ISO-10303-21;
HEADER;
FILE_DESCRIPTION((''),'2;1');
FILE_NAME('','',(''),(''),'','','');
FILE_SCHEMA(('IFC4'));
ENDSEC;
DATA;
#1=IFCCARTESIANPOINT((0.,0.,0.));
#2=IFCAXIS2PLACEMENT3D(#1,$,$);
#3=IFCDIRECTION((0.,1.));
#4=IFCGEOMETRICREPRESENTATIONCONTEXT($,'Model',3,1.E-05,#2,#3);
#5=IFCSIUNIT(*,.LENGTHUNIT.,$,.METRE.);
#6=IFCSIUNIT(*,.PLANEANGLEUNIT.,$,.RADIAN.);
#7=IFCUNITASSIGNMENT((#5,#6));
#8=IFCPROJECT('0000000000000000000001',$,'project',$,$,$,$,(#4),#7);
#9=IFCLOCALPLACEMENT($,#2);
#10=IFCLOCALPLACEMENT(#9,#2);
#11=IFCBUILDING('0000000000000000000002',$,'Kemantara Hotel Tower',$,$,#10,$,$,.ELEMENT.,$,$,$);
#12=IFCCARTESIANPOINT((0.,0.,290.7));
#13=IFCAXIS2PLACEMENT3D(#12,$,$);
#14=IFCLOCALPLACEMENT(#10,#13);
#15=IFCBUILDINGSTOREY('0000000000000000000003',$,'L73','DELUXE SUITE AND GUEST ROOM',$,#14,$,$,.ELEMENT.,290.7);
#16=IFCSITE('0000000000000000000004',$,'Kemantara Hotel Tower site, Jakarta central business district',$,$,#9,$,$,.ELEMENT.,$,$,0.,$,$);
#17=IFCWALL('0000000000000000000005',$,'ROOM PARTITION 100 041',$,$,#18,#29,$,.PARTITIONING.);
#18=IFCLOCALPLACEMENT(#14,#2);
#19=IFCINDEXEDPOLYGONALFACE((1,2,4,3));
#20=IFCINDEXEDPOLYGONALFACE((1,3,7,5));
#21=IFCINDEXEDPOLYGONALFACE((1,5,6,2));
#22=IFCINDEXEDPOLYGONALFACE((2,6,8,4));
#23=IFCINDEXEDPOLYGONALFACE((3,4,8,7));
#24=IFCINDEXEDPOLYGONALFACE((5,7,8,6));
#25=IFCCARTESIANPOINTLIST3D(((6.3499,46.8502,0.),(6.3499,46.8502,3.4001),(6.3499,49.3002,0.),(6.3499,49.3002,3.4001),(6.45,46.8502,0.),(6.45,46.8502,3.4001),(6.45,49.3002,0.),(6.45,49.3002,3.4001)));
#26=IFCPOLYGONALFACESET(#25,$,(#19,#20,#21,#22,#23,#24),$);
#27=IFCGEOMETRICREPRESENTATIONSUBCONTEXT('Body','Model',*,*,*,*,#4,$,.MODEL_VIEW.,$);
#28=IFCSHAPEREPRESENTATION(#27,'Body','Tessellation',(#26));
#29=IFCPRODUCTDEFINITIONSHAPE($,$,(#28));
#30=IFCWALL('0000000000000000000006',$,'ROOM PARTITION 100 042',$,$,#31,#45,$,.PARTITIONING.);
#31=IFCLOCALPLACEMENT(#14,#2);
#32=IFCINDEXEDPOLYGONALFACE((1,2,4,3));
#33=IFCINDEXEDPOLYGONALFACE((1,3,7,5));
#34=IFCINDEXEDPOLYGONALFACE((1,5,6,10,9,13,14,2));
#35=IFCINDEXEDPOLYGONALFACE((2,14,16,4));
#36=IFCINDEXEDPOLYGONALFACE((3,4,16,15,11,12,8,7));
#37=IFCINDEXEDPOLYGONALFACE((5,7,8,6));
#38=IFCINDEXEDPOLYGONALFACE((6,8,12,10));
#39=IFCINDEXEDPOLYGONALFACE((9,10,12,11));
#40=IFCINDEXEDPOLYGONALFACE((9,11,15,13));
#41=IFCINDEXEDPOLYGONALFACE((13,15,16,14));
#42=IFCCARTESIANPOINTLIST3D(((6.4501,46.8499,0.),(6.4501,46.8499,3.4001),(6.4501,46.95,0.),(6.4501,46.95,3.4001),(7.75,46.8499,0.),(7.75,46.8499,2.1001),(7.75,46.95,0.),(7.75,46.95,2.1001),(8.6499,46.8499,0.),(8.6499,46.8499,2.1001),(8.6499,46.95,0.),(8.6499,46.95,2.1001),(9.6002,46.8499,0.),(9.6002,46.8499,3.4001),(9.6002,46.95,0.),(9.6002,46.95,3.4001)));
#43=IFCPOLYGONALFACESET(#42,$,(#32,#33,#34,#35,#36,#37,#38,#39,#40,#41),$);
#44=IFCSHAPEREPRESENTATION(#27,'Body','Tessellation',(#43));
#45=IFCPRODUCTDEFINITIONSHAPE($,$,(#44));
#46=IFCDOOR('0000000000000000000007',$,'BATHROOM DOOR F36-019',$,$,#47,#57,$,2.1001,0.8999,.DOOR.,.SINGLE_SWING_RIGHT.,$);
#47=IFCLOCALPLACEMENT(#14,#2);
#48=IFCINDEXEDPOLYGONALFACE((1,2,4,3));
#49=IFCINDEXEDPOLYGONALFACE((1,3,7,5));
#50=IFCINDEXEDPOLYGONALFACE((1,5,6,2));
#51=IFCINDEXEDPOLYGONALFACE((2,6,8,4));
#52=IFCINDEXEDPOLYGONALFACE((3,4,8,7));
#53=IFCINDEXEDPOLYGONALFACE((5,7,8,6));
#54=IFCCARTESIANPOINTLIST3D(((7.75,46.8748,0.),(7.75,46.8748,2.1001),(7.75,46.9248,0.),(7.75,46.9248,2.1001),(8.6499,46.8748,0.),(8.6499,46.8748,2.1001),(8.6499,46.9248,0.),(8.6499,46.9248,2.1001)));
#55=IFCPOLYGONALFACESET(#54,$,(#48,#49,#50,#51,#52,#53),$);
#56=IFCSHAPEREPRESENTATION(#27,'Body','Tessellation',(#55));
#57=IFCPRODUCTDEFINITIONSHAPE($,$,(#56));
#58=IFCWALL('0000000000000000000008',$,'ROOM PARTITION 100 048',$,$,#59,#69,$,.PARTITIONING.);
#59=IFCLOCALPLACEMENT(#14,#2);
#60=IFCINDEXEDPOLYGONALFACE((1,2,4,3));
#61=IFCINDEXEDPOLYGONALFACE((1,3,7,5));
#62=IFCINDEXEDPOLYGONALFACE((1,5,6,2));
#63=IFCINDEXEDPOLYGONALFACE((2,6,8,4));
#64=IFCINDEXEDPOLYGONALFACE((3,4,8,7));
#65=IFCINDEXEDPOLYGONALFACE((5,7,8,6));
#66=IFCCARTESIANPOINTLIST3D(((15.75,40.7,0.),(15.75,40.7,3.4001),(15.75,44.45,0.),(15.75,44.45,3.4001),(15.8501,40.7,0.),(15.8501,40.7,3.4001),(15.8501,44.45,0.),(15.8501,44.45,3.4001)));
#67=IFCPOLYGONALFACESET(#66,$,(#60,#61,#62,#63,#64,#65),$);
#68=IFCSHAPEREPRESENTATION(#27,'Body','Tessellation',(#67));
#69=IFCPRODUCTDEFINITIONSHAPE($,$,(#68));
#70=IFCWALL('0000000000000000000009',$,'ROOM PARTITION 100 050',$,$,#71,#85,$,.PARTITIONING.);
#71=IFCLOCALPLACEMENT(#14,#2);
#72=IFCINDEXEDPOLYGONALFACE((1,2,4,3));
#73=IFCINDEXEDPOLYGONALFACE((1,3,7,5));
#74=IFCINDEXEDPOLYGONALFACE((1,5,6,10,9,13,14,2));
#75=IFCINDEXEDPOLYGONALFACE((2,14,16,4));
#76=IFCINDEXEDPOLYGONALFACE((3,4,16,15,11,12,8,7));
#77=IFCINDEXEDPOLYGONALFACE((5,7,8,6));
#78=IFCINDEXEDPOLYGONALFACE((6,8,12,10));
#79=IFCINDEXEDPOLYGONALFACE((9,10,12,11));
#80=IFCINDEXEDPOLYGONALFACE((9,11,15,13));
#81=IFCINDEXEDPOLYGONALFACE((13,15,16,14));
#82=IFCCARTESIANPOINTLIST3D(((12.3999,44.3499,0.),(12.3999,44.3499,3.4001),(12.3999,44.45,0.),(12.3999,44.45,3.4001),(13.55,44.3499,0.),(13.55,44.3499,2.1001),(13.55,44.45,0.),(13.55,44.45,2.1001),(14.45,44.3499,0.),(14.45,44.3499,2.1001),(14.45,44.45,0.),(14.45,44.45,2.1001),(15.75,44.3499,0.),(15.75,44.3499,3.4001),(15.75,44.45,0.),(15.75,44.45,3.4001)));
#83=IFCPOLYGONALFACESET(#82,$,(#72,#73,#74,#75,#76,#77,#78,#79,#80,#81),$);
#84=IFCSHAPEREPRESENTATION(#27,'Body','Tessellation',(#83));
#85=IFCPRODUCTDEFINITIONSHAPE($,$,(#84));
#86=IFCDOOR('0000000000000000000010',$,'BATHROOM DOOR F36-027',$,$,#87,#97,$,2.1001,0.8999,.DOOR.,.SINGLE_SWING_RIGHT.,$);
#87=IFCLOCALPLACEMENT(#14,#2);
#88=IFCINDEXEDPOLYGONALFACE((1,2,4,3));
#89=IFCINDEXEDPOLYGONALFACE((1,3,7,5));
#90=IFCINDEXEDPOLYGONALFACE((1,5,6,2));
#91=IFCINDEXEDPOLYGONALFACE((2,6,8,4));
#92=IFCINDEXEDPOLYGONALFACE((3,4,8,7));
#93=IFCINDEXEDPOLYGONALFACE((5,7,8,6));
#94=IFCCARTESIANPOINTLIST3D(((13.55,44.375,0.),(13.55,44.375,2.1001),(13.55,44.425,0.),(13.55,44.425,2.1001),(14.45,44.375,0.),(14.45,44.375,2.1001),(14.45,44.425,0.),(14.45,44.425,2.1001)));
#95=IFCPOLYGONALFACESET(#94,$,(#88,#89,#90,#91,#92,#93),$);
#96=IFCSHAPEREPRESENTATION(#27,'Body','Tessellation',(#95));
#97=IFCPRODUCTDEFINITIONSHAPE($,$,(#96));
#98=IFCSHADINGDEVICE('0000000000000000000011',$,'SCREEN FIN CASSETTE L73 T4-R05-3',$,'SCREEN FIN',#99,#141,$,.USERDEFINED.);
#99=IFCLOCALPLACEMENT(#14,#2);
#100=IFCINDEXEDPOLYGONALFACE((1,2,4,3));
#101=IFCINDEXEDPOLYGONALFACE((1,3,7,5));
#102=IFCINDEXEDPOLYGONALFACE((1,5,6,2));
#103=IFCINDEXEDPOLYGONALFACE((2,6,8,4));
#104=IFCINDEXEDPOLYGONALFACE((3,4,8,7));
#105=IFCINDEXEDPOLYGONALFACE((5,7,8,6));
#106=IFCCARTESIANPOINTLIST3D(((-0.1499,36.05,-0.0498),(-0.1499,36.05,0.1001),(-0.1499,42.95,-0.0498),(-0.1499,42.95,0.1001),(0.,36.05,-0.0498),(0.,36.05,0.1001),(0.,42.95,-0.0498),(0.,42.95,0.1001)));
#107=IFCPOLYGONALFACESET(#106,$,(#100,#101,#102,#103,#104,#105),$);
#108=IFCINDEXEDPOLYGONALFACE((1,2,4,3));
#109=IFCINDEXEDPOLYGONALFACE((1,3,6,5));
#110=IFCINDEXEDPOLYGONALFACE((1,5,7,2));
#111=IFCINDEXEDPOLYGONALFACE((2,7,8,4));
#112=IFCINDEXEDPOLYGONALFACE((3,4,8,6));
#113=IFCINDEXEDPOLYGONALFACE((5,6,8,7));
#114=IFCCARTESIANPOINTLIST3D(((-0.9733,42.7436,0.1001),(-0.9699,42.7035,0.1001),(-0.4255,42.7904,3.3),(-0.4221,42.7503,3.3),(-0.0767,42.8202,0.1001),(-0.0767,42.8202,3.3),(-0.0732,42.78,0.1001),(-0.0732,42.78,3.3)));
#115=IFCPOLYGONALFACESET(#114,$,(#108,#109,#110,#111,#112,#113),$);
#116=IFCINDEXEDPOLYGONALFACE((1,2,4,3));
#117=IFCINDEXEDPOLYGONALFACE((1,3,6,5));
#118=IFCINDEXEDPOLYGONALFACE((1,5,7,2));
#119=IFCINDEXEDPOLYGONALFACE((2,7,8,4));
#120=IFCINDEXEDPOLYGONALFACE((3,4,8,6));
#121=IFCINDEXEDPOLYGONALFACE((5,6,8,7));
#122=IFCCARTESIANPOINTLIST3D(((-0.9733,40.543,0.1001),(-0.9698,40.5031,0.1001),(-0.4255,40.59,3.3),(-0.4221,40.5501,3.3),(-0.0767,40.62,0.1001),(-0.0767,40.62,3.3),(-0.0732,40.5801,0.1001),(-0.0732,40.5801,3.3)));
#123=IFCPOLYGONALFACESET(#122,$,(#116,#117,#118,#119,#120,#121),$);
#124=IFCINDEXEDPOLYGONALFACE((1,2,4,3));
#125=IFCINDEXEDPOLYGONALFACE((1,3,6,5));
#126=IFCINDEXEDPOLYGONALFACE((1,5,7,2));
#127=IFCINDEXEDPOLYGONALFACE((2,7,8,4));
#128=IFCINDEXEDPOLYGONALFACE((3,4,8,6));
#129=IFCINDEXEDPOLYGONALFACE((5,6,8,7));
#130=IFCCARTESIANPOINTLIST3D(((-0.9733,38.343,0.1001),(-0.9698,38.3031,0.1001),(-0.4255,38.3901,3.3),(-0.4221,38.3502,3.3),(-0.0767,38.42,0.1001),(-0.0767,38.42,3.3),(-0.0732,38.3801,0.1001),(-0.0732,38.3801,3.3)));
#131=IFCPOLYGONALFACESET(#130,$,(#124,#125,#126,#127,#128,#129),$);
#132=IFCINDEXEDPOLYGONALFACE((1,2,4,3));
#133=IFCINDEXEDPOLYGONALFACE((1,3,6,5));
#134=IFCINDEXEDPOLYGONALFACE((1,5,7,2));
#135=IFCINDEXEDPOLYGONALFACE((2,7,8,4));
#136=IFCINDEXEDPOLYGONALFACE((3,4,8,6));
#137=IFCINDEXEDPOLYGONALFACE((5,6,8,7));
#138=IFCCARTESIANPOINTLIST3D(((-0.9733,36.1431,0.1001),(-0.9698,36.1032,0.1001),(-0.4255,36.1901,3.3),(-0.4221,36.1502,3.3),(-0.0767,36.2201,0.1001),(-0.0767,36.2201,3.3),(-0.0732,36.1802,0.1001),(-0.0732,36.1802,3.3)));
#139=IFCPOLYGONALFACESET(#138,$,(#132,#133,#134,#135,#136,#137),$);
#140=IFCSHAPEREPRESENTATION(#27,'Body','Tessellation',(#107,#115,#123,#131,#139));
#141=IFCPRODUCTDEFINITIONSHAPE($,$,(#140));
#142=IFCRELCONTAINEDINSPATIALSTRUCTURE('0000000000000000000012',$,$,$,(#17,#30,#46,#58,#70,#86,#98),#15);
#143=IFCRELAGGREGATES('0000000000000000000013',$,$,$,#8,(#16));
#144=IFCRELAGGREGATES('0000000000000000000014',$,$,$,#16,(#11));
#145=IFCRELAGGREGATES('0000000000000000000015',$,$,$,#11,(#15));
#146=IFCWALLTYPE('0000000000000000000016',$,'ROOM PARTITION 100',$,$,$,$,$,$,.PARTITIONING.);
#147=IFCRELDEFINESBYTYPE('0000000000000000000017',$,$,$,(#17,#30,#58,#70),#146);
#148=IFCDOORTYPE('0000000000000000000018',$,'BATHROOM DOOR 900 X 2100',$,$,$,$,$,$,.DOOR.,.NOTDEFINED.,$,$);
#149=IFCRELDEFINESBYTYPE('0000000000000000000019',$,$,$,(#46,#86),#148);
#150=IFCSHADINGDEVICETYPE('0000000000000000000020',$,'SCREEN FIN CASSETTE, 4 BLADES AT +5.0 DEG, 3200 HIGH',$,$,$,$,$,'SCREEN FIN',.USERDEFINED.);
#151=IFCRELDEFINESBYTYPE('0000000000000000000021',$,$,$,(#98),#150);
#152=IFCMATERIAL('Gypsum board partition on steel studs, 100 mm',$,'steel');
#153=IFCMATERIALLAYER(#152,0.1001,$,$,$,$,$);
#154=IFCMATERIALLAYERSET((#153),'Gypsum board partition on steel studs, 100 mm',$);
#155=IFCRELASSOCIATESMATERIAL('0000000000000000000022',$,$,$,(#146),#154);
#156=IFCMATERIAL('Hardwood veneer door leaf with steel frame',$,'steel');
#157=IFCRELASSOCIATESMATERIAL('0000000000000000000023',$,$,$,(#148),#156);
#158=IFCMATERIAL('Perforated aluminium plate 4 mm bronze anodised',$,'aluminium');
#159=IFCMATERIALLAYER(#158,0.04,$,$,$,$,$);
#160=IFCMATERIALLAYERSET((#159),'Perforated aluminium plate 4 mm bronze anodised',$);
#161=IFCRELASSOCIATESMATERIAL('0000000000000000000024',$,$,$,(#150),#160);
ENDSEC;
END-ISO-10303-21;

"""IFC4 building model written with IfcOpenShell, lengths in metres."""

from ifc_helpers import new_model, si_unit, direction, frame, frame_2d, origin, origin_2d, place, context, subcontext, project, spatial, polyline, rectangle, outline, extrude, source, transform, mapped, material, layer, layer_set, type_object, element, fill, save


model = new_model("IFC4")

# Units and contexts
model_context = context("Model", 3, precision=1e-05, world=origin(), true_north=direction((0.0, 1.0)))
body_context = subcontext(model_context, "Body", "Model", "MODEL_VIEW")
ifc_project = project(units=[si_unit("LENGTHUNIT", "METRE"), si_unit("PLANEANGLEUNIT", "RADIAN")], contexts=[model_context])

# Site, building, storey
site_placement = place(None, origin())
site = spatial("IfcSite", under=ifc_project, at=site_placement, Name="Kemantara Hotel Tower site, Jakarta central business district", CompositionType="ELEMENT", RefElevation=0.0)
building_placement = place(site_placement, origin())
building = spatial("IfcBuilding", under=site, at=building_placement, Name="Kemantara Hotel Tower", CompositionType="ELEMENT")
storey_placement = place(building_placement, frame((0.0, 0.0, 290.7)))
storey = spatial("IfcBuildingStorey", under=building, at=storey_placement, Name="L73", Description="DELUXE SUITE AND GUEST ROOM", CompositionType="ELEMENT", Elevation=290.7)

# Shared definitions
ifc_material_1 = material(Name="Hardwood veneer door leaf with steel frame", Category="steel")

# Shared definitions
ifc_material_2 = material(Name="Gypsum board partition on steel studs, 100 mm", Category="steel")
ifc_layer_1 = layer(ifc_material_2, 0.1001)
ifc_layer_set_1 = layer_set([ifc_layer_1], Name="Gypsum board partition on steel studs, 100 mm")
wall_type_1 = type_object("IfcWallType", Name="ROOM PARTITION 100", PredefinedType="PARTITIONING", material=ifc_layer_set_1)

# Shared definitions
door_type_1 = type_object("IfcDoorType", Name="BATHROOM DOOR 900 X 2100", OperationType="NOTDEFINED", PredefinedType="DOOR", material=ifc_material_1)

# Wall
wall_1_placement = place(storey_placement, frame((6.3999, 46.8501, 0.0), z_axis=(0.0, 0.0, 1.0), x_axis=(0.0, 1.0, 0.0)))
element("IfcWall", 1, at=wall_1_placement, inside=storey, type_object=wall_type_1, Name="ROOM PARTITION 100 041", PredefinedType="PARTITIONING", context=body_context, shape_type="SweptSolid", body=[
    extrude(rectangle(XDim=2.45, YDim=0.1001, at=frame_2d((1.2251, 0.0))), origin(), (0.0, 0.0, 1.0), 3.4001),
])

# Wall, opening, door
wall_2_placement = place(storey_placement, frame((6.45, 46.8999, 0.0), z_axis=(0.0, 0.0, 1.0), x_axis=(1.0, 0.0, 0.0)))
wall_2 = element("IfcWall", 2, at=wall_2_placement, inside=storey, type_object=wall_type_1, Name="ROOM PARTITION 100 042", PredefinedType="PARTITIONING", context=body_context, shape_type="SweptSolid", body=[
    extrude(rectangle(XDim=3.1501, YDim=0.1001, at=frame_2d((1.5752, 0.0))), origin(), (0.0, 0.0, 1.0), 3.4001),
])
opening_1_placement = place(wall_2_placement, frame((1.3, 0.0, 0.0)))
opening_1 = element("IfcOpeningElement", 3, at=opening_1_placement, cuts=wall_2, PredefinedType="OPENING", context=body_context, shape_type="SweptSolid", body=[
    extrude(rectangle(XDim=0.8999, YDim=2.1001, at=frame_2d((0.45, 1.05))), frame((0.0, 0.0601, 0.0), z_axis=(0.0, -1.0, 0.0), x_axis=(1.0, 0.0, 0.0)), (0.0, 0.0, 1.0), 0.1201),
])
door_1_placement = place(opening_1_placement, origin())
door_1 = element("IfcDoor", 4, at=door_1_placement, inside=storey, type_object=door_type_1, Name="BATHROOM DOOR F36-019", OperationType="SINGLE_SWING_RIGHT", OverallHeight=2.1001, OverallWidth=0.8999, PredefinedType="DOOR", context=body_context, shape_type="SweptSolid", body=[
    extrude(rectangle(XDim=0.8999, YDim=2.1001, at=frame_2d((0.45, 1.05))), frame((0.0, 0.0249, 0.0), z_axis=(0.0, -1.0, 0.0), x_axis=(1.0, 0.0, 0.0)), (0.0, 0.0, 1.0), 0.05),
])
fill(opening_1, door_1)

# Wall
wall_3_placement = place(storey_placement, frame((15.8, 40.7, 0.0), z_axis=(0.0, 0.0, 1.0), x_axis=(0.0, 1.0, 0.0)))
element("IfcWall", 5, at=wall_3_placement, inside=storey, type_object=wall_type_1, Name="ROOM PARTITION 100 048", PredefinedType="PARTITIONING", context=body_context, shape_type="SweptSolid", body=[
    extrude(rectangle(XDim=3.75, YDim=0.1001, at=frame_2d((1.875, 0.0))), origin(), (0.0, 0.0, 1.0), 3.4001),
])

# Wall, opening, door
wall_4_placement = place(storey_placement, frame((15.75, 44.3999, 0.0), z_axis=(0.0, 0.0, 1.0), x_axis=(-1.0, 0.0, 0.0)))
wall_4 = element("IfcWall", 6, at=wall_4_placement, inside=storey, type_object=wall_type_1, Name="ROOM PARTITION 100 050", PredefinedType="PARTITIONING", context=body_context, shape_type="SweptSolid", body=[
    extrude(rectangle(XDim=3.3501, YDim=0.1001, at=frame_2d((1.675, 0.0))), origin(), (0.0, 0.0, 1.0), 3.4001),
])
opening_2_placement = place(wall_4_placement, frame((1.3, 0.0, 0.0)))
opening_2 = element("IfcOpeningElement", 7, at=opening_2_placement, cuts=wall_4, PredefinedType="OPENING", context=body_context, shape_type="SweptSolid", body=[
    extrude(rectangle(XDim=0.8999, YDim=2.1001, at=frame_2d((0.45, 1.05))), frame((0.0, 0.0601, 0.0), z_axis=(0.0, -1.0, 0.0), x_axis=(1.0, 0.0, 0.0)), (0.0, 0.0, 1.0), 0.1201),
])
door_2_placement = place(opening_2_placement, origin())
door_2 = element("IfcDoor", 8, at=door_2_placement, inside=storey, type_object=door_type_1, Name="BATHROOM DOOR F36-027", OperationType="SINGLE_SWING_RIGHT", OverallHeight=2.1001, OverallWidth=0.8999, PredefinedType="DOOR", context=body_context, shape_type="SweptSolid", body=[
    extrude(rectangle(XDim=0.8999, YDim=2.1001, at=frame_2d((0.45, 1.05))), frame((0.0, 0.0249, 0.0), z_axis=(0.0, -1.0, 0.0), x_axis=(1.0, 0.0, 0.0)), (0.0, 0.0, 1.0), 0.05),
])
fill(opening_2, door_2)

# Shading device
ifc_material_3 = material(Name="Perforated aluminium plate 4 mm bronze anodised", Category="aluminium")
ifc_layer_2 = layer(ifc_material_3, 0.04)
ifc_layer_set_2 = layer_set([ifc_layer_2], Name="Perforated aluminium plate 4 mm bronze anodised")
shading_device_type = type_object("IfcShadingDeviceType", Name="SCREEN FIN CASSETTE, 4 BLADES AT +5.0 DEG, 3200 HIGH", ElementType="SCREEN FIN", PredefinedType="USERDEFINED", material=ifc_layer_set_2)
shared_shape = source(origin(), body_context, "Body", "SweptSolid", [
    extrude(rectangle(XDim=6.8999, YDim=0.1499, at=origin_2d()), frame((3.3, -0.075, -0.1499), z_axis=(0.0, 0.0, 1.0), x_axis=(1.0, 0.0, 0.0)), (0.0, 0.0, 1.0), 0.1499),
    extrude(outline(polyline([(0.0, 0.0), (0.8999, 0.0), (0.3501, 3.2), (0.0, 3.2), (0.0, 0.0)])), frame((0.02, -0.0732, 0.0), z_axis=(-0.996376, -0.085056, 0.0), x_axis=(0.085056, -0.996376, 0.0)), (0.0, 0.0, 1.0), 0.0403),
    extrude(outline(polyline([(0.0, 0.0), (0.8999, 0.0), (0.3501, 3.2), (0.0, 3.2), (0.0, 0.0)])), frame((2.22, -0.0732, 0.0), z_axis=(-0.996332, -0.085575, 0.0), x_axis=(0.085575, -0.996332, 0.0)), (0.0, 0.0, 1.0), 0.04),
    extrude(outline(polyline([(0.0, 0.0), (0.8999, 0.0), (0.3501, 3.2), (0.0, 3.2), (0.0, 0.0)])), frame((4.4199, -0.0732, 0.0), z_axis=(-0.996332, -0.085575, 0.0), x_axis=(0.085575, -0.996332, 0.0)), (0.0, 0.0, 1.0), 0.04),
    extrude(outline(polyline([(0.0, 0.0), (0.8999, 0.0), (0.3501, 3.2), (0.0, 3.2), (0.0, 0.0)])), frame((6.6199, -0.0732, 0.0), z_axis=(-0.996332, -0.085575, 0.0), x_axis=(0.085575, -0.996332, 0.0)), (0.0, 0.0, 1.0), 0.04),
])
shading_device_placement = place(storey_placement, frame((0.0, 42.8, 0.1001), z_axis=(0.0, 0.0, 1.0), x_axis=(0.0, -1.0, 0.0)))
element("IfcShadingDevice", 9, at=shading_device_placement, inside=storey, type_object=shading_device_type, Name="SCREEN FIN CASSETTE L73 T4-R05-3", ObjectType="SCREEN FIN", PredefinedType="USERDEFINED", context=body_context, shape_type="MappedRepresentation", body=[
    mapped(shared_shape, transform((0.0, 0.0, 0.0))),
])

save(model, "model.ifc")
